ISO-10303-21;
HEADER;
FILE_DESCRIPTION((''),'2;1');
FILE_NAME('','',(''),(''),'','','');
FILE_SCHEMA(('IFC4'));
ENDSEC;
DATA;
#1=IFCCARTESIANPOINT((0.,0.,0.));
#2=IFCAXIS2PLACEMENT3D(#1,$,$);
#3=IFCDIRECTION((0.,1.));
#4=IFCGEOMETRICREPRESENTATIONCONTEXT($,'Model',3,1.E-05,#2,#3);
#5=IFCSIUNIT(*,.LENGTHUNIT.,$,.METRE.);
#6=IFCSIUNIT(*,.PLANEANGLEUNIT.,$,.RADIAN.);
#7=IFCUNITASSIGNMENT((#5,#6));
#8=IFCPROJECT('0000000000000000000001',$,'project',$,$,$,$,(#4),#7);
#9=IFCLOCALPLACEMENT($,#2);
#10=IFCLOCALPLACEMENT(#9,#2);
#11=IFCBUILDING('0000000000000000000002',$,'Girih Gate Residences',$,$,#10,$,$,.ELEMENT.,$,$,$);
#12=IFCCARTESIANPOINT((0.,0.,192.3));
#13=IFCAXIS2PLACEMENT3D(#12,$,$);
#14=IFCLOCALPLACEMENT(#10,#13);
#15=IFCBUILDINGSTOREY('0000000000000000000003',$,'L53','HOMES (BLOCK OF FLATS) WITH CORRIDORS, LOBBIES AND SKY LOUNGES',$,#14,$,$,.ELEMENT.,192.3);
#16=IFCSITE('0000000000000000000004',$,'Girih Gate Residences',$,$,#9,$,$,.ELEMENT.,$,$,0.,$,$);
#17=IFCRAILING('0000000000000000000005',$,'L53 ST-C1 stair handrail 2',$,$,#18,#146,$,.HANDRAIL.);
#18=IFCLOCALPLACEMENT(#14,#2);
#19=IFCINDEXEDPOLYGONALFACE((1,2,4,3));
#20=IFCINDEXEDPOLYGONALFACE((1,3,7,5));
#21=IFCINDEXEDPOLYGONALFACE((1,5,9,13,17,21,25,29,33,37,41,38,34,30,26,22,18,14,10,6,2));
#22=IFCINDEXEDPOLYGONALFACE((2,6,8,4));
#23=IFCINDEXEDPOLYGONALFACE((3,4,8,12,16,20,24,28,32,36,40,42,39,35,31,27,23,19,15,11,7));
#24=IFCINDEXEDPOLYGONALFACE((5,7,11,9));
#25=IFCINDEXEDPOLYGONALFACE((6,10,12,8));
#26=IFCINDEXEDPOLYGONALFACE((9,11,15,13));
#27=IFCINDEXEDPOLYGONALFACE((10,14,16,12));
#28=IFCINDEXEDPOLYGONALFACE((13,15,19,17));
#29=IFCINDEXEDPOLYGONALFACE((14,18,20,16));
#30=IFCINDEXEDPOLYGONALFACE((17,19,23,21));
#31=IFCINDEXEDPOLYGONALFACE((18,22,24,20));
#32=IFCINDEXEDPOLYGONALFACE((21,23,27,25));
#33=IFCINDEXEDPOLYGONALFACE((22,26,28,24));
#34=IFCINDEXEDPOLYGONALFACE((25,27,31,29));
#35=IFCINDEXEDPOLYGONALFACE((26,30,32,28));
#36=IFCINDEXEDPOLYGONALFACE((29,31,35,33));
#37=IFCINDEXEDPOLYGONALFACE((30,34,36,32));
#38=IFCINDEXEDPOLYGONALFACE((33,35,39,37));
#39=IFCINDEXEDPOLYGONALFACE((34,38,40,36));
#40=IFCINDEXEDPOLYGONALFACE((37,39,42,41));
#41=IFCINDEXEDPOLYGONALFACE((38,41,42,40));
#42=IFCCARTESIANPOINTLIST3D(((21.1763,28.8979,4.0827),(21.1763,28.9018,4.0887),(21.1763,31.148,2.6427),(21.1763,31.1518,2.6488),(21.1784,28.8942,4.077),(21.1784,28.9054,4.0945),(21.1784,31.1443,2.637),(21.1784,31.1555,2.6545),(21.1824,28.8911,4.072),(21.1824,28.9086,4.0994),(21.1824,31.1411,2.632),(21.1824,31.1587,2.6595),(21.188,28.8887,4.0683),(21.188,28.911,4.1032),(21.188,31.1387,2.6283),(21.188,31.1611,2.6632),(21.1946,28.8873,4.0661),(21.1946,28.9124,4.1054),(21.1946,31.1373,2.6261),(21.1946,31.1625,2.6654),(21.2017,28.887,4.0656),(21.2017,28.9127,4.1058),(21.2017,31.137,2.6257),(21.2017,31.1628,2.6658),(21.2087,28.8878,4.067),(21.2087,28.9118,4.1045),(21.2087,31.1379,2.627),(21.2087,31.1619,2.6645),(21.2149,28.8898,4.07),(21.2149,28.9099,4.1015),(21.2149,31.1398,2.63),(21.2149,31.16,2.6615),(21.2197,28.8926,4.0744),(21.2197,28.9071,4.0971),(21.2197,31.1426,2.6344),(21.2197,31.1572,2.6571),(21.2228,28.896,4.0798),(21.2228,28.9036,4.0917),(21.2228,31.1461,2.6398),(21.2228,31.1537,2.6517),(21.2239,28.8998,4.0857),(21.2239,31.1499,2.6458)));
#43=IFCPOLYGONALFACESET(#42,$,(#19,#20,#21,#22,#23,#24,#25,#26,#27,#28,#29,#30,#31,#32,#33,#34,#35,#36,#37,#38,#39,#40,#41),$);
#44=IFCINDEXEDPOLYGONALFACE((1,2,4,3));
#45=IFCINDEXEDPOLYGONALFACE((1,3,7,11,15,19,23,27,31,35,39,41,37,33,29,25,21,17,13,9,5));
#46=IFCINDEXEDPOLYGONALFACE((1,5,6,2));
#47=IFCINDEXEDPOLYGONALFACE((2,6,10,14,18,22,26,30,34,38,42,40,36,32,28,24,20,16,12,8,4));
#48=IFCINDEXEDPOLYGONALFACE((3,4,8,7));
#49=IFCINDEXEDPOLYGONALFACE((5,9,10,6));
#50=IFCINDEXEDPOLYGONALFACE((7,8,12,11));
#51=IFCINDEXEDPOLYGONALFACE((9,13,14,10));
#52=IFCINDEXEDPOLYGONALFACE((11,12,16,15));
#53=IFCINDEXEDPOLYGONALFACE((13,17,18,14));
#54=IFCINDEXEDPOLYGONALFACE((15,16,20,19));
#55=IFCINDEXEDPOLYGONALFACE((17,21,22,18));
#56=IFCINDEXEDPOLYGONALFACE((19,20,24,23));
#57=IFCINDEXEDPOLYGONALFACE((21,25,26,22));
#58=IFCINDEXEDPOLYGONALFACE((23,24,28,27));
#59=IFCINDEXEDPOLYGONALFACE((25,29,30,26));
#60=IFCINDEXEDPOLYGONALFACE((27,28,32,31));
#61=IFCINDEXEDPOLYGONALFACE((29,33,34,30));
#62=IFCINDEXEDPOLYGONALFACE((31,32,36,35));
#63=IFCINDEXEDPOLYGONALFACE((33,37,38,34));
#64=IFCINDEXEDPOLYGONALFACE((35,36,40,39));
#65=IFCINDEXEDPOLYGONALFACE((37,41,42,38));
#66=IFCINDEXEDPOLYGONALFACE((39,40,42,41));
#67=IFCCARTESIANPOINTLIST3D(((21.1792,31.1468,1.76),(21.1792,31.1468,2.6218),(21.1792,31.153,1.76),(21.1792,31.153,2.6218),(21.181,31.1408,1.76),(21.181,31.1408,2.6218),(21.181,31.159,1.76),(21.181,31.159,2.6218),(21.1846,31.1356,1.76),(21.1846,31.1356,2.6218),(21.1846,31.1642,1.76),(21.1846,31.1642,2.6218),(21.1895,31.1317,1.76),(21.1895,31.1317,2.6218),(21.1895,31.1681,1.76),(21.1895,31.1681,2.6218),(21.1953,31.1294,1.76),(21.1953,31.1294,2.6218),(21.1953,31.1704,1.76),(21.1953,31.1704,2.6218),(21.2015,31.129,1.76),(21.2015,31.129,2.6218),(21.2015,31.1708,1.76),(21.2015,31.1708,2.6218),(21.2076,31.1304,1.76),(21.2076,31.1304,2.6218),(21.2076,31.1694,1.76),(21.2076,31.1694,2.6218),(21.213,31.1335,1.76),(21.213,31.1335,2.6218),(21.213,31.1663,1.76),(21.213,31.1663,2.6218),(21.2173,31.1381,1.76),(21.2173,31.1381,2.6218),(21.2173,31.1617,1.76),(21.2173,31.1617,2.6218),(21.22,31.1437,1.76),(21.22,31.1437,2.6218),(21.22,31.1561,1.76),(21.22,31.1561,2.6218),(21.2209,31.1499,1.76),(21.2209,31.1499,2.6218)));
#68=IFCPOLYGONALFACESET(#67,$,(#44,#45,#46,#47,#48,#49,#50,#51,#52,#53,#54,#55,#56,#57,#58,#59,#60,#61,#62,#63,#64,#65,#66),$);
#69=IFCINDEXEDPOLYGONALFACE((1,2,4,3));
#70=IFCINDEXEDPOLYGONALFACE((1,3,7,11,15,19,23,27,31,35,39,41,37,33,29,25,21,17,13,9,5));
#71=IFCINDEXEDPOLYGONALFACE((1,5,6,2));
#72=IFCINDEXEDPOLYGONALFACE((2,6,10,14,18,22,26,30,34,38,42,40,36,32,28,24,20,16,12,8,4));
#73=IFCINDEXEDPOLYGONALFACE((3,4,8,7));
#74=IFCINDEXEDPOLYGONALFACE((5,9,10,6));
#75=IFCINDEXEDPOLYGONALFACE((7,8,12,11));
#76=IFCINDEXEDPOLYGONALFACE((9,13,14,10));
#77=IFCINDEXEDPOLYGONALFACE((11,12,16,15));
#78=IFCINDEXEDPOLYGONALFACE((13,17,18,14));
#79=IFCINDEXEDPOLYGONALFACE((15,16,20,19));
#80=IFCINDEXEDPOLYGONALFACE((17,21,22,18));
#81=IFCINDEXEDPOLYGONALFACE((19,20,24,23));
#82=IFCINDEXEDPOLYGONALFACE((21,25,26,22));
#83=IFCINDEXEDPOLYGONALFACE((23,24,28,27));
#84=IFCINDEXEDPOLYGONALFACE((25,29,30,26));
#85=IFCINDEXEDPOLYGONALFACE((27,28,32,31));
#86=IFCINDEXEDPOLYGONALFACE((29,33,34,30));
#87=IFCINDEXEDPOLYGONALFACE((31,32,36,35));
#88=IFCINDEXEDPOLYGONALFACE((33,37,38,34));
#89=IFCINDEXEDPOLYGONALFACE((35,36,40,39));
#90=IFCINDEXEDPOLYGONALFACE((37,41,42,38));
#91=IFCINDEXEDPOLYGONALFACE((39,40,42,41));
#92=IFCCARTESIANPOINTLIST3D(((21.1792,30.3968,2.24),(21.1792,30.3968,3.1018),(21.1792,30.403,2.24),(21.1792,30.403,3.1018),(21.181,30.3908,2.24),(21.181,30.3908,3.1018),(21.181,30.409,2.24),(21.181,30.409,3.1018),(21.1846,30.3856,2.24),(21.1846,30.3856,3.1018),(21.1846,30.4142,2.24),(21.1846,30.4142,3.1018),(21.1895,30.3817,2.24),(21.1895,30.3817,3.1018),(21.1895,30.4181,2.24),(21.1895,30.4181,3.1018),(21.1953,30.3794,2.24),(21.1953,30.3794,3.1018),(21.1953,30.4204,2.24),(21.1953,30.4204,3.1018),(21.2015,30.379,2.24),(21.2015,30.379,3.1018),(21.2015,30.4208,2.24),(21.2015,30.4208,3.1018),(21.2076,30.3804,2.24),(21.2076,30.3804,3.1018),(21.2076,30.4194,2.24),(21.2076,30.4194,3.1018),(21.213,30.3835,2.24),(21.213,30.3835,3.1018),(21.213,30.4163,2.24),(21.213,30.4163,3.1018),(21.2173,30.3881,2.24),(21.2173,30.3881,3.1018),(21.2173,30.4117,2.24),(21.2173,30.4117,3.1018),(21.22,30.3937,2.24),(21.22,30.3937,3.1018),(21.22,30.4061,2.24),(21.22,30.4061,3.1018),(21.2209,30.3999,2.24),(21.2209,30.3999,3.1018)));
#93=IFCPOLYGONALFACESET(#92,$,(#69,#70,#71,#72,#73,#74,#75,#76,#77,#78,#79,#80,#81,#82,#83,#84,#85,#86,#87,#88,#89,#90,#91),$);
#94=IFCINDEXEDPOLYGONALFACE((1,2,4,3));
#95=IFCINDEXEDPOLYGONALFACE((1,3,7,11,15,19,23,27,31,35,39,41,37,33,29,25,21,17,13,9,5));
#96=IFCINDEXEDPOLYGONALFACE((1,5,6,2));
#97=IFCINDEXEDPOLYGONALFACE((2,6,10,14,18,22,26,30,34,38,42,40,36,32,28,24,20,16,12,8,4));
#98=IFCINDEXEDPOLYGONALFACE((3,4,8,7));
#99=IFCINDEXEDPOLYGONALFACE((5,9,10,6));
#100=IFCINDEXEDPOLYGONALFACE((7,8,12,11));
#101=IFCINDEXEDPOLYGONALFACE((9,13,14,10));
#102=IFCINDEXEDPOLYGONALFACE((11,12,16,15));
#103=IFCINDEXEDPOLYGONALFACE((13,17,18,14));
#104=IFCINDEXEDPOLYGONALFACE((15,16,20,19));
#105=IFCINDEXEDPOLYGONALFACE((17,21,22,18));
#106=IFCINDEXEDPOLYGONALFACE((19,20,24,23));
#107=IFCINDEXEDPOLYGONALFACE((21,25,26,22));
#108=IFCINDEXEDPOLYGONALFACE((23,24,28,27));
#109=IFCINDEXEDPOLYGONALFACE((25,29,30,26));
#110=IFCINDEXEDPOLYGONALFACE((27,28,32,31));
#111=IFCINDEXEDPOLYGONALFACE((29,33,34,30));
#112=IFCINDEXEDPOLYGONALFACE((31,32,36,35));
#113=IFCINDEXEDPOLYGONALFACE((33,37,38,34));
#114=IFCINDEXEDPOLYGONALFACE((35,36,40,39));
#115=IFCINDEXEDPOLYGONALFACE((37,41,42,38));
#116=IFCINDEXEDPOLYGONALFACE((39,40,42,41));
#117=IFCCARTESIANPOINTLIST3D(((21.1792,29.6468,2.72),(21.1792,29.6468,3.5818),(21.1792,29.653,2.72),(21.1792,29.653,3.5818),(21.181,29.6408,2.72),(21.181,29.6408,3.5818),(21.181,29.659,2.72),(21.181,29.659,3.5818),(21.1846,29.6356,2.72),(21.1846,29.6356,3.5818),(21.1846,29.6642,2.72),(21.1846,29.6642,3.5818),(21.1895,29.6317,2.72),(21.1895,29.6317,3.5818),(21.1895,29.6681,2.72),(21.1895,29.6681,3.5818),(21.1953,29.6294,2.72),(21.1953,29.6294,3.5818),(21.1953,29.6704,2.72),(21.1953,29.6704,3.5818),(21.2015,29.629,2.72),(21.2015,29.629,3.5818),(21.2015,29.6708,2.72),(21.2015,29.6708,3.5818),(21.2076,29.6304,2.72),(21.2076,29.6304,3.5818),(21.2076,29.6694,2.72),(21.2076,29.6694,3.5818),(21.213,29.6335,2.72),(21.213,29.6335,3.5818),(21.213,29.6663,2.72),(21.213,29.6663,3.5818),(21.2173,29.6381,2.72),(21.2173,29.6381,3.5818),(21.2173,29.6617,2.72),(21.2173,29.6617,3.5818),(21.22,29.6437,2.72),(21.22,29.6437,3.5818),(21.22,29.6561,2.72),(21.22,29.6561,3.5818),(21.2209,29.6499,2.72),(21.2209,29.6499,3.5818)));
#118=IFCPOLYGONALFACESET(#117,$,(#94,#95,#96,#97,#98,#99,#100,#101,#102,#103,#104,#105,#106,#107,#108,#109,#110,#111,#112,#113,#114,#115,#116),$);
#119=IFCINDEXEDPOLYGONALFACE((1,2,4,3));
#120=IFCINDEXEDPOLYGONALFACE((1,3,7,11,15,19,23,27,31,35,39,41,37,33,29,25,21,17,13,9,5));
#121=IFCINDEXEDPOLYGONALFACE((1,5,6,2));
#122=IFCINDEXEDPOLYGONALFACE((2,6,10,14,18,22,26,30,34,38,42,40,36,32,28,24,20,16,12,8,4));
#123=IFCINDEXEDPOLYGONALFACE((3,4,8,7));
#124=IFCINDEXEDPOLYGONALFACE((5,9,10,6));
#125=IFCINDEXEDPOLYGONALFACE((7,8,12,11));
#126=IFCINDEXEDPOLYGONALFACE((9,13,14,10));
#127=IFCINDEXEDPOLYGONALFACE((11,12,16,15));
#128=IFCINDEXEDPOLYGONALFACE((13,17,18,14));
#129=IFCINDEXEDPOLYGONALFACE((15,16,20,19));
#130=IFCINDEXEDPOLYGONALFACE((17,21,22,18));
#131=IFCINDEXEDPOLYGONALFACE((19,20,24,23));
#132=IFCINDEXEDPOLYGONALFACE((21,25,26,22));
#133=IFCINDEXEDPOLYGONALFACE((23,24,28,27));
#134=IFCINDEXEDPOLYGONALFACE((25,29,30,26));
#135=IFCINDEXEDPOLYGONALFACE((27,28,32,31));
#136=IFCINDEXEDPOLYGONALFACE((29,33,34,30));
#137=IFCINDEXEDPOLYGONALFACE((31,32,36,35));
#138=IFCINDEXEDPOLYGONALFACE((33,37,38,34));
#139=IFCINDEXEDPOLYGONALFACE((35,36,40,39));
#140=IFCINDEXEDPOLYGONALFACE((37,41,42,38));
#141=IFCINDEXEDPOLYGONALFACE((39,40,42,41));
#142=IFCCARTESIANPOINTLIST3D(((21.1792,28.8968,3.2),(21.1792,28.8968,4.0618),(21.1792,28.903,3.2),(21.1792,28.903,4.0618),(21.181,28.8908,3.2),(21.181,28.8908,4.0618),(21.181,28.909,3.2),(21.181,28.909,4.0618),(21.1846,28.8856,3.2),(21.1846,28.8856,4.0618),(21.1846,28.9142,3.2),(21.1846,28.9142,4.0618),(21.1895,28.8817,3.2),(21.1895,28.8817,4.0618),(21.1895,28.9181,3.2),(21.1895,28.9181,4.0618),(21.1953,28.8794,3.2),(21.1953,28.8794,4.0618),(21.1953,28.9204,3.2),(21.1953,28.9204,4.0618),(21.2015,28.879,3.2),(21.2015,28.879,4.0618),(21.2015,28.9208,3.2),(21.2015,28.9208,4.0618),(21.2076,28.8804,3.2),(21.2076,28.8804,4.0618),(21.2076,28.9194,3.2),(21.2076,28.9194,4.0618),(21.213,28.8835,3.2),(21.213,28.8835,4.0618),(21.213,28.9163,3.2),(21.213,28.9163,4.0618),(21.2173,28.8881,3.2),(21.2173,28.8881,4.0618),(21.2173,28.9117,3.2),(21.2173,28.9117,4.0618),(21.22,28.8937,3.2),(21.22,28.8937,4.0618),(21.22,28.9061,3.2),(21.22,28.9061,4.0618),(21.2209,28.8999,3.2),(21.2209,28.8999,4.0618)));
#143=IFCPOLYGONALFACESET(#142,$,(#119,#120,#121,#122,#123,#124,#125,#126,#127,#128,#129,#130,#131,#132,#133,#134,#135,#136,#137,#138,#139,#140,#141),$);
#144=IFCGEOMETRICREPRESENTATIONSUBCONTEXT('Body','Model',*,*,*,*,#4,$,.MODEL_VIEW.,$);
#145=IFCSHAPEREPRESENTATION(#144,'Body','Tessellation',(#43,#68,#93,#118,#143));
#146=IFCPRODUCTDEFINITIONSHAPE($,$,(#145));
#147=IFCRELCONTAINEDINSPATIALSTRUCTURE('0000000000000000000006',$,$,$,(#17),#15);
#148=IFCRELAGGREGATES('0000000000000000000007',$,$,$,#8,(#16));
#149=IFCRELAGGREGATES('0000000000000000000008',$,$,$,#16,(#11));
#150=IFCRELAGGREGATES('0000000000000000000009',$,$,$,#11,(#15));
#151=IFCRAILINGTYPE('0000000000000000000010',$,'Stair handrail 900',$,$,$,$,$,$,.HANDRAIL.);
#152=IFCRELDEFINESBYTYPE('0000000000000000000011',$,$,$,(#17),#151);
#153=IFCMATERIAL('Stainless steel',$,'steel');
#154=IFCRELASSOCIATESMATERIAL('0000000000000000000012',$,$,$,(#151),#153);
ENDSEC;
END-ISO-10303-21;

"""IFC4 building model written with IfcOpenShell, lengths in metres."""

from ifc_helpers import new_model, si_unit, direction, frame, origin, origin_2d, place, context, subcontext, project, spatial, circle, extrude, material, type_object, element, save


model = new_model("IFC4")

# Units and contexts
model_context = context("Model", 3, precision=1e-05, world=origin(), true_north=direction((0.0, 1.0)))
body_context = subcontext(model_context, "Body", "Model", "MODEL_VIEW")
ifc_project = project(units=[si_unit("LENGTHUNIT", "METRE"), si_unit("PLANEANGLEUNIT", "RADIAN")], contexts=[model_context])

# Site, building, storey
site_placement = place(None, origin())
site = spatial("IfcSite", under=ifc_project, at=site_placement, Name="Girih Gate Residences", CompositionType="ELEMENT", RefElevation=0.0)
building_placement = place(site_placement, origin())
building = spatial("IfcBuilding", under=site, at=building_placement, Name="Girih Gate Residences", CompositionType="ELEMENT")
storey_placement = place(building_placement, frame((0.0, 0.0, 192.3)))
storey = spatial("IfcBuildingStorey", under=building, at=storey_placement, Name="L53", Description="HOMES (BLOCK OF FLATS) WITH CORRIDORS, LOBBIES AND SKY LOUNGES", CompositionType="ELEMENT", Elevation=192.3)

# Railing
ifc_material_1 = material(Name="Stainless steel", Category="steel")
railing_type_1 = type_object("IfcRailingType", Name="Stair handrail 900", PredefinedType="HANDRAIL", material=ifc_material_1)
railing_1_placement = place(storey_placement, frame((21.2, 31.1499, 1.76)))
element("IfcRailing", 1, at=railing_1_placement, inside=storey, type_object=railing_type_1, Name="L53 ST-C1 stair handrail 2", PredefinedType="HANDRAIL", context=body_context, shape_type="SweptSolid", body=[
    extrude(circle(Radius=0.0239, at=origin_2d()), frame((0.0, 0.0, 0.8857), z_axis=(0.0, -0.842281, 0.539038), x_axis=(1.0, 0.0, 0.0)), (0.0, 0.0, 1.0), 2.6714),
    extrude(circle(Radius=0.021, at=origin_2d()), origin(), (0.0, 0.0, 1.0), 0.8618),
    extrude(circle(Radius=0.021, at=origin_2d()), frame((0.0, -0.75, 0.48)), (0.0, 0.0, 1.0), 0.8618),
    extrude(circle(Radius=0.021, at=origin_2d()), frame((0.0, -1.5, 0.96)), (0.0, 0.0, 1.0), 0.8618),
    extrude(circle(Radius=0.021, at=origin_2d()), frame((0.0, -2.25, 1.4399)), (0.0, 0.0, 1.0), 0.8618),
])

save(model, "model.ifc")
